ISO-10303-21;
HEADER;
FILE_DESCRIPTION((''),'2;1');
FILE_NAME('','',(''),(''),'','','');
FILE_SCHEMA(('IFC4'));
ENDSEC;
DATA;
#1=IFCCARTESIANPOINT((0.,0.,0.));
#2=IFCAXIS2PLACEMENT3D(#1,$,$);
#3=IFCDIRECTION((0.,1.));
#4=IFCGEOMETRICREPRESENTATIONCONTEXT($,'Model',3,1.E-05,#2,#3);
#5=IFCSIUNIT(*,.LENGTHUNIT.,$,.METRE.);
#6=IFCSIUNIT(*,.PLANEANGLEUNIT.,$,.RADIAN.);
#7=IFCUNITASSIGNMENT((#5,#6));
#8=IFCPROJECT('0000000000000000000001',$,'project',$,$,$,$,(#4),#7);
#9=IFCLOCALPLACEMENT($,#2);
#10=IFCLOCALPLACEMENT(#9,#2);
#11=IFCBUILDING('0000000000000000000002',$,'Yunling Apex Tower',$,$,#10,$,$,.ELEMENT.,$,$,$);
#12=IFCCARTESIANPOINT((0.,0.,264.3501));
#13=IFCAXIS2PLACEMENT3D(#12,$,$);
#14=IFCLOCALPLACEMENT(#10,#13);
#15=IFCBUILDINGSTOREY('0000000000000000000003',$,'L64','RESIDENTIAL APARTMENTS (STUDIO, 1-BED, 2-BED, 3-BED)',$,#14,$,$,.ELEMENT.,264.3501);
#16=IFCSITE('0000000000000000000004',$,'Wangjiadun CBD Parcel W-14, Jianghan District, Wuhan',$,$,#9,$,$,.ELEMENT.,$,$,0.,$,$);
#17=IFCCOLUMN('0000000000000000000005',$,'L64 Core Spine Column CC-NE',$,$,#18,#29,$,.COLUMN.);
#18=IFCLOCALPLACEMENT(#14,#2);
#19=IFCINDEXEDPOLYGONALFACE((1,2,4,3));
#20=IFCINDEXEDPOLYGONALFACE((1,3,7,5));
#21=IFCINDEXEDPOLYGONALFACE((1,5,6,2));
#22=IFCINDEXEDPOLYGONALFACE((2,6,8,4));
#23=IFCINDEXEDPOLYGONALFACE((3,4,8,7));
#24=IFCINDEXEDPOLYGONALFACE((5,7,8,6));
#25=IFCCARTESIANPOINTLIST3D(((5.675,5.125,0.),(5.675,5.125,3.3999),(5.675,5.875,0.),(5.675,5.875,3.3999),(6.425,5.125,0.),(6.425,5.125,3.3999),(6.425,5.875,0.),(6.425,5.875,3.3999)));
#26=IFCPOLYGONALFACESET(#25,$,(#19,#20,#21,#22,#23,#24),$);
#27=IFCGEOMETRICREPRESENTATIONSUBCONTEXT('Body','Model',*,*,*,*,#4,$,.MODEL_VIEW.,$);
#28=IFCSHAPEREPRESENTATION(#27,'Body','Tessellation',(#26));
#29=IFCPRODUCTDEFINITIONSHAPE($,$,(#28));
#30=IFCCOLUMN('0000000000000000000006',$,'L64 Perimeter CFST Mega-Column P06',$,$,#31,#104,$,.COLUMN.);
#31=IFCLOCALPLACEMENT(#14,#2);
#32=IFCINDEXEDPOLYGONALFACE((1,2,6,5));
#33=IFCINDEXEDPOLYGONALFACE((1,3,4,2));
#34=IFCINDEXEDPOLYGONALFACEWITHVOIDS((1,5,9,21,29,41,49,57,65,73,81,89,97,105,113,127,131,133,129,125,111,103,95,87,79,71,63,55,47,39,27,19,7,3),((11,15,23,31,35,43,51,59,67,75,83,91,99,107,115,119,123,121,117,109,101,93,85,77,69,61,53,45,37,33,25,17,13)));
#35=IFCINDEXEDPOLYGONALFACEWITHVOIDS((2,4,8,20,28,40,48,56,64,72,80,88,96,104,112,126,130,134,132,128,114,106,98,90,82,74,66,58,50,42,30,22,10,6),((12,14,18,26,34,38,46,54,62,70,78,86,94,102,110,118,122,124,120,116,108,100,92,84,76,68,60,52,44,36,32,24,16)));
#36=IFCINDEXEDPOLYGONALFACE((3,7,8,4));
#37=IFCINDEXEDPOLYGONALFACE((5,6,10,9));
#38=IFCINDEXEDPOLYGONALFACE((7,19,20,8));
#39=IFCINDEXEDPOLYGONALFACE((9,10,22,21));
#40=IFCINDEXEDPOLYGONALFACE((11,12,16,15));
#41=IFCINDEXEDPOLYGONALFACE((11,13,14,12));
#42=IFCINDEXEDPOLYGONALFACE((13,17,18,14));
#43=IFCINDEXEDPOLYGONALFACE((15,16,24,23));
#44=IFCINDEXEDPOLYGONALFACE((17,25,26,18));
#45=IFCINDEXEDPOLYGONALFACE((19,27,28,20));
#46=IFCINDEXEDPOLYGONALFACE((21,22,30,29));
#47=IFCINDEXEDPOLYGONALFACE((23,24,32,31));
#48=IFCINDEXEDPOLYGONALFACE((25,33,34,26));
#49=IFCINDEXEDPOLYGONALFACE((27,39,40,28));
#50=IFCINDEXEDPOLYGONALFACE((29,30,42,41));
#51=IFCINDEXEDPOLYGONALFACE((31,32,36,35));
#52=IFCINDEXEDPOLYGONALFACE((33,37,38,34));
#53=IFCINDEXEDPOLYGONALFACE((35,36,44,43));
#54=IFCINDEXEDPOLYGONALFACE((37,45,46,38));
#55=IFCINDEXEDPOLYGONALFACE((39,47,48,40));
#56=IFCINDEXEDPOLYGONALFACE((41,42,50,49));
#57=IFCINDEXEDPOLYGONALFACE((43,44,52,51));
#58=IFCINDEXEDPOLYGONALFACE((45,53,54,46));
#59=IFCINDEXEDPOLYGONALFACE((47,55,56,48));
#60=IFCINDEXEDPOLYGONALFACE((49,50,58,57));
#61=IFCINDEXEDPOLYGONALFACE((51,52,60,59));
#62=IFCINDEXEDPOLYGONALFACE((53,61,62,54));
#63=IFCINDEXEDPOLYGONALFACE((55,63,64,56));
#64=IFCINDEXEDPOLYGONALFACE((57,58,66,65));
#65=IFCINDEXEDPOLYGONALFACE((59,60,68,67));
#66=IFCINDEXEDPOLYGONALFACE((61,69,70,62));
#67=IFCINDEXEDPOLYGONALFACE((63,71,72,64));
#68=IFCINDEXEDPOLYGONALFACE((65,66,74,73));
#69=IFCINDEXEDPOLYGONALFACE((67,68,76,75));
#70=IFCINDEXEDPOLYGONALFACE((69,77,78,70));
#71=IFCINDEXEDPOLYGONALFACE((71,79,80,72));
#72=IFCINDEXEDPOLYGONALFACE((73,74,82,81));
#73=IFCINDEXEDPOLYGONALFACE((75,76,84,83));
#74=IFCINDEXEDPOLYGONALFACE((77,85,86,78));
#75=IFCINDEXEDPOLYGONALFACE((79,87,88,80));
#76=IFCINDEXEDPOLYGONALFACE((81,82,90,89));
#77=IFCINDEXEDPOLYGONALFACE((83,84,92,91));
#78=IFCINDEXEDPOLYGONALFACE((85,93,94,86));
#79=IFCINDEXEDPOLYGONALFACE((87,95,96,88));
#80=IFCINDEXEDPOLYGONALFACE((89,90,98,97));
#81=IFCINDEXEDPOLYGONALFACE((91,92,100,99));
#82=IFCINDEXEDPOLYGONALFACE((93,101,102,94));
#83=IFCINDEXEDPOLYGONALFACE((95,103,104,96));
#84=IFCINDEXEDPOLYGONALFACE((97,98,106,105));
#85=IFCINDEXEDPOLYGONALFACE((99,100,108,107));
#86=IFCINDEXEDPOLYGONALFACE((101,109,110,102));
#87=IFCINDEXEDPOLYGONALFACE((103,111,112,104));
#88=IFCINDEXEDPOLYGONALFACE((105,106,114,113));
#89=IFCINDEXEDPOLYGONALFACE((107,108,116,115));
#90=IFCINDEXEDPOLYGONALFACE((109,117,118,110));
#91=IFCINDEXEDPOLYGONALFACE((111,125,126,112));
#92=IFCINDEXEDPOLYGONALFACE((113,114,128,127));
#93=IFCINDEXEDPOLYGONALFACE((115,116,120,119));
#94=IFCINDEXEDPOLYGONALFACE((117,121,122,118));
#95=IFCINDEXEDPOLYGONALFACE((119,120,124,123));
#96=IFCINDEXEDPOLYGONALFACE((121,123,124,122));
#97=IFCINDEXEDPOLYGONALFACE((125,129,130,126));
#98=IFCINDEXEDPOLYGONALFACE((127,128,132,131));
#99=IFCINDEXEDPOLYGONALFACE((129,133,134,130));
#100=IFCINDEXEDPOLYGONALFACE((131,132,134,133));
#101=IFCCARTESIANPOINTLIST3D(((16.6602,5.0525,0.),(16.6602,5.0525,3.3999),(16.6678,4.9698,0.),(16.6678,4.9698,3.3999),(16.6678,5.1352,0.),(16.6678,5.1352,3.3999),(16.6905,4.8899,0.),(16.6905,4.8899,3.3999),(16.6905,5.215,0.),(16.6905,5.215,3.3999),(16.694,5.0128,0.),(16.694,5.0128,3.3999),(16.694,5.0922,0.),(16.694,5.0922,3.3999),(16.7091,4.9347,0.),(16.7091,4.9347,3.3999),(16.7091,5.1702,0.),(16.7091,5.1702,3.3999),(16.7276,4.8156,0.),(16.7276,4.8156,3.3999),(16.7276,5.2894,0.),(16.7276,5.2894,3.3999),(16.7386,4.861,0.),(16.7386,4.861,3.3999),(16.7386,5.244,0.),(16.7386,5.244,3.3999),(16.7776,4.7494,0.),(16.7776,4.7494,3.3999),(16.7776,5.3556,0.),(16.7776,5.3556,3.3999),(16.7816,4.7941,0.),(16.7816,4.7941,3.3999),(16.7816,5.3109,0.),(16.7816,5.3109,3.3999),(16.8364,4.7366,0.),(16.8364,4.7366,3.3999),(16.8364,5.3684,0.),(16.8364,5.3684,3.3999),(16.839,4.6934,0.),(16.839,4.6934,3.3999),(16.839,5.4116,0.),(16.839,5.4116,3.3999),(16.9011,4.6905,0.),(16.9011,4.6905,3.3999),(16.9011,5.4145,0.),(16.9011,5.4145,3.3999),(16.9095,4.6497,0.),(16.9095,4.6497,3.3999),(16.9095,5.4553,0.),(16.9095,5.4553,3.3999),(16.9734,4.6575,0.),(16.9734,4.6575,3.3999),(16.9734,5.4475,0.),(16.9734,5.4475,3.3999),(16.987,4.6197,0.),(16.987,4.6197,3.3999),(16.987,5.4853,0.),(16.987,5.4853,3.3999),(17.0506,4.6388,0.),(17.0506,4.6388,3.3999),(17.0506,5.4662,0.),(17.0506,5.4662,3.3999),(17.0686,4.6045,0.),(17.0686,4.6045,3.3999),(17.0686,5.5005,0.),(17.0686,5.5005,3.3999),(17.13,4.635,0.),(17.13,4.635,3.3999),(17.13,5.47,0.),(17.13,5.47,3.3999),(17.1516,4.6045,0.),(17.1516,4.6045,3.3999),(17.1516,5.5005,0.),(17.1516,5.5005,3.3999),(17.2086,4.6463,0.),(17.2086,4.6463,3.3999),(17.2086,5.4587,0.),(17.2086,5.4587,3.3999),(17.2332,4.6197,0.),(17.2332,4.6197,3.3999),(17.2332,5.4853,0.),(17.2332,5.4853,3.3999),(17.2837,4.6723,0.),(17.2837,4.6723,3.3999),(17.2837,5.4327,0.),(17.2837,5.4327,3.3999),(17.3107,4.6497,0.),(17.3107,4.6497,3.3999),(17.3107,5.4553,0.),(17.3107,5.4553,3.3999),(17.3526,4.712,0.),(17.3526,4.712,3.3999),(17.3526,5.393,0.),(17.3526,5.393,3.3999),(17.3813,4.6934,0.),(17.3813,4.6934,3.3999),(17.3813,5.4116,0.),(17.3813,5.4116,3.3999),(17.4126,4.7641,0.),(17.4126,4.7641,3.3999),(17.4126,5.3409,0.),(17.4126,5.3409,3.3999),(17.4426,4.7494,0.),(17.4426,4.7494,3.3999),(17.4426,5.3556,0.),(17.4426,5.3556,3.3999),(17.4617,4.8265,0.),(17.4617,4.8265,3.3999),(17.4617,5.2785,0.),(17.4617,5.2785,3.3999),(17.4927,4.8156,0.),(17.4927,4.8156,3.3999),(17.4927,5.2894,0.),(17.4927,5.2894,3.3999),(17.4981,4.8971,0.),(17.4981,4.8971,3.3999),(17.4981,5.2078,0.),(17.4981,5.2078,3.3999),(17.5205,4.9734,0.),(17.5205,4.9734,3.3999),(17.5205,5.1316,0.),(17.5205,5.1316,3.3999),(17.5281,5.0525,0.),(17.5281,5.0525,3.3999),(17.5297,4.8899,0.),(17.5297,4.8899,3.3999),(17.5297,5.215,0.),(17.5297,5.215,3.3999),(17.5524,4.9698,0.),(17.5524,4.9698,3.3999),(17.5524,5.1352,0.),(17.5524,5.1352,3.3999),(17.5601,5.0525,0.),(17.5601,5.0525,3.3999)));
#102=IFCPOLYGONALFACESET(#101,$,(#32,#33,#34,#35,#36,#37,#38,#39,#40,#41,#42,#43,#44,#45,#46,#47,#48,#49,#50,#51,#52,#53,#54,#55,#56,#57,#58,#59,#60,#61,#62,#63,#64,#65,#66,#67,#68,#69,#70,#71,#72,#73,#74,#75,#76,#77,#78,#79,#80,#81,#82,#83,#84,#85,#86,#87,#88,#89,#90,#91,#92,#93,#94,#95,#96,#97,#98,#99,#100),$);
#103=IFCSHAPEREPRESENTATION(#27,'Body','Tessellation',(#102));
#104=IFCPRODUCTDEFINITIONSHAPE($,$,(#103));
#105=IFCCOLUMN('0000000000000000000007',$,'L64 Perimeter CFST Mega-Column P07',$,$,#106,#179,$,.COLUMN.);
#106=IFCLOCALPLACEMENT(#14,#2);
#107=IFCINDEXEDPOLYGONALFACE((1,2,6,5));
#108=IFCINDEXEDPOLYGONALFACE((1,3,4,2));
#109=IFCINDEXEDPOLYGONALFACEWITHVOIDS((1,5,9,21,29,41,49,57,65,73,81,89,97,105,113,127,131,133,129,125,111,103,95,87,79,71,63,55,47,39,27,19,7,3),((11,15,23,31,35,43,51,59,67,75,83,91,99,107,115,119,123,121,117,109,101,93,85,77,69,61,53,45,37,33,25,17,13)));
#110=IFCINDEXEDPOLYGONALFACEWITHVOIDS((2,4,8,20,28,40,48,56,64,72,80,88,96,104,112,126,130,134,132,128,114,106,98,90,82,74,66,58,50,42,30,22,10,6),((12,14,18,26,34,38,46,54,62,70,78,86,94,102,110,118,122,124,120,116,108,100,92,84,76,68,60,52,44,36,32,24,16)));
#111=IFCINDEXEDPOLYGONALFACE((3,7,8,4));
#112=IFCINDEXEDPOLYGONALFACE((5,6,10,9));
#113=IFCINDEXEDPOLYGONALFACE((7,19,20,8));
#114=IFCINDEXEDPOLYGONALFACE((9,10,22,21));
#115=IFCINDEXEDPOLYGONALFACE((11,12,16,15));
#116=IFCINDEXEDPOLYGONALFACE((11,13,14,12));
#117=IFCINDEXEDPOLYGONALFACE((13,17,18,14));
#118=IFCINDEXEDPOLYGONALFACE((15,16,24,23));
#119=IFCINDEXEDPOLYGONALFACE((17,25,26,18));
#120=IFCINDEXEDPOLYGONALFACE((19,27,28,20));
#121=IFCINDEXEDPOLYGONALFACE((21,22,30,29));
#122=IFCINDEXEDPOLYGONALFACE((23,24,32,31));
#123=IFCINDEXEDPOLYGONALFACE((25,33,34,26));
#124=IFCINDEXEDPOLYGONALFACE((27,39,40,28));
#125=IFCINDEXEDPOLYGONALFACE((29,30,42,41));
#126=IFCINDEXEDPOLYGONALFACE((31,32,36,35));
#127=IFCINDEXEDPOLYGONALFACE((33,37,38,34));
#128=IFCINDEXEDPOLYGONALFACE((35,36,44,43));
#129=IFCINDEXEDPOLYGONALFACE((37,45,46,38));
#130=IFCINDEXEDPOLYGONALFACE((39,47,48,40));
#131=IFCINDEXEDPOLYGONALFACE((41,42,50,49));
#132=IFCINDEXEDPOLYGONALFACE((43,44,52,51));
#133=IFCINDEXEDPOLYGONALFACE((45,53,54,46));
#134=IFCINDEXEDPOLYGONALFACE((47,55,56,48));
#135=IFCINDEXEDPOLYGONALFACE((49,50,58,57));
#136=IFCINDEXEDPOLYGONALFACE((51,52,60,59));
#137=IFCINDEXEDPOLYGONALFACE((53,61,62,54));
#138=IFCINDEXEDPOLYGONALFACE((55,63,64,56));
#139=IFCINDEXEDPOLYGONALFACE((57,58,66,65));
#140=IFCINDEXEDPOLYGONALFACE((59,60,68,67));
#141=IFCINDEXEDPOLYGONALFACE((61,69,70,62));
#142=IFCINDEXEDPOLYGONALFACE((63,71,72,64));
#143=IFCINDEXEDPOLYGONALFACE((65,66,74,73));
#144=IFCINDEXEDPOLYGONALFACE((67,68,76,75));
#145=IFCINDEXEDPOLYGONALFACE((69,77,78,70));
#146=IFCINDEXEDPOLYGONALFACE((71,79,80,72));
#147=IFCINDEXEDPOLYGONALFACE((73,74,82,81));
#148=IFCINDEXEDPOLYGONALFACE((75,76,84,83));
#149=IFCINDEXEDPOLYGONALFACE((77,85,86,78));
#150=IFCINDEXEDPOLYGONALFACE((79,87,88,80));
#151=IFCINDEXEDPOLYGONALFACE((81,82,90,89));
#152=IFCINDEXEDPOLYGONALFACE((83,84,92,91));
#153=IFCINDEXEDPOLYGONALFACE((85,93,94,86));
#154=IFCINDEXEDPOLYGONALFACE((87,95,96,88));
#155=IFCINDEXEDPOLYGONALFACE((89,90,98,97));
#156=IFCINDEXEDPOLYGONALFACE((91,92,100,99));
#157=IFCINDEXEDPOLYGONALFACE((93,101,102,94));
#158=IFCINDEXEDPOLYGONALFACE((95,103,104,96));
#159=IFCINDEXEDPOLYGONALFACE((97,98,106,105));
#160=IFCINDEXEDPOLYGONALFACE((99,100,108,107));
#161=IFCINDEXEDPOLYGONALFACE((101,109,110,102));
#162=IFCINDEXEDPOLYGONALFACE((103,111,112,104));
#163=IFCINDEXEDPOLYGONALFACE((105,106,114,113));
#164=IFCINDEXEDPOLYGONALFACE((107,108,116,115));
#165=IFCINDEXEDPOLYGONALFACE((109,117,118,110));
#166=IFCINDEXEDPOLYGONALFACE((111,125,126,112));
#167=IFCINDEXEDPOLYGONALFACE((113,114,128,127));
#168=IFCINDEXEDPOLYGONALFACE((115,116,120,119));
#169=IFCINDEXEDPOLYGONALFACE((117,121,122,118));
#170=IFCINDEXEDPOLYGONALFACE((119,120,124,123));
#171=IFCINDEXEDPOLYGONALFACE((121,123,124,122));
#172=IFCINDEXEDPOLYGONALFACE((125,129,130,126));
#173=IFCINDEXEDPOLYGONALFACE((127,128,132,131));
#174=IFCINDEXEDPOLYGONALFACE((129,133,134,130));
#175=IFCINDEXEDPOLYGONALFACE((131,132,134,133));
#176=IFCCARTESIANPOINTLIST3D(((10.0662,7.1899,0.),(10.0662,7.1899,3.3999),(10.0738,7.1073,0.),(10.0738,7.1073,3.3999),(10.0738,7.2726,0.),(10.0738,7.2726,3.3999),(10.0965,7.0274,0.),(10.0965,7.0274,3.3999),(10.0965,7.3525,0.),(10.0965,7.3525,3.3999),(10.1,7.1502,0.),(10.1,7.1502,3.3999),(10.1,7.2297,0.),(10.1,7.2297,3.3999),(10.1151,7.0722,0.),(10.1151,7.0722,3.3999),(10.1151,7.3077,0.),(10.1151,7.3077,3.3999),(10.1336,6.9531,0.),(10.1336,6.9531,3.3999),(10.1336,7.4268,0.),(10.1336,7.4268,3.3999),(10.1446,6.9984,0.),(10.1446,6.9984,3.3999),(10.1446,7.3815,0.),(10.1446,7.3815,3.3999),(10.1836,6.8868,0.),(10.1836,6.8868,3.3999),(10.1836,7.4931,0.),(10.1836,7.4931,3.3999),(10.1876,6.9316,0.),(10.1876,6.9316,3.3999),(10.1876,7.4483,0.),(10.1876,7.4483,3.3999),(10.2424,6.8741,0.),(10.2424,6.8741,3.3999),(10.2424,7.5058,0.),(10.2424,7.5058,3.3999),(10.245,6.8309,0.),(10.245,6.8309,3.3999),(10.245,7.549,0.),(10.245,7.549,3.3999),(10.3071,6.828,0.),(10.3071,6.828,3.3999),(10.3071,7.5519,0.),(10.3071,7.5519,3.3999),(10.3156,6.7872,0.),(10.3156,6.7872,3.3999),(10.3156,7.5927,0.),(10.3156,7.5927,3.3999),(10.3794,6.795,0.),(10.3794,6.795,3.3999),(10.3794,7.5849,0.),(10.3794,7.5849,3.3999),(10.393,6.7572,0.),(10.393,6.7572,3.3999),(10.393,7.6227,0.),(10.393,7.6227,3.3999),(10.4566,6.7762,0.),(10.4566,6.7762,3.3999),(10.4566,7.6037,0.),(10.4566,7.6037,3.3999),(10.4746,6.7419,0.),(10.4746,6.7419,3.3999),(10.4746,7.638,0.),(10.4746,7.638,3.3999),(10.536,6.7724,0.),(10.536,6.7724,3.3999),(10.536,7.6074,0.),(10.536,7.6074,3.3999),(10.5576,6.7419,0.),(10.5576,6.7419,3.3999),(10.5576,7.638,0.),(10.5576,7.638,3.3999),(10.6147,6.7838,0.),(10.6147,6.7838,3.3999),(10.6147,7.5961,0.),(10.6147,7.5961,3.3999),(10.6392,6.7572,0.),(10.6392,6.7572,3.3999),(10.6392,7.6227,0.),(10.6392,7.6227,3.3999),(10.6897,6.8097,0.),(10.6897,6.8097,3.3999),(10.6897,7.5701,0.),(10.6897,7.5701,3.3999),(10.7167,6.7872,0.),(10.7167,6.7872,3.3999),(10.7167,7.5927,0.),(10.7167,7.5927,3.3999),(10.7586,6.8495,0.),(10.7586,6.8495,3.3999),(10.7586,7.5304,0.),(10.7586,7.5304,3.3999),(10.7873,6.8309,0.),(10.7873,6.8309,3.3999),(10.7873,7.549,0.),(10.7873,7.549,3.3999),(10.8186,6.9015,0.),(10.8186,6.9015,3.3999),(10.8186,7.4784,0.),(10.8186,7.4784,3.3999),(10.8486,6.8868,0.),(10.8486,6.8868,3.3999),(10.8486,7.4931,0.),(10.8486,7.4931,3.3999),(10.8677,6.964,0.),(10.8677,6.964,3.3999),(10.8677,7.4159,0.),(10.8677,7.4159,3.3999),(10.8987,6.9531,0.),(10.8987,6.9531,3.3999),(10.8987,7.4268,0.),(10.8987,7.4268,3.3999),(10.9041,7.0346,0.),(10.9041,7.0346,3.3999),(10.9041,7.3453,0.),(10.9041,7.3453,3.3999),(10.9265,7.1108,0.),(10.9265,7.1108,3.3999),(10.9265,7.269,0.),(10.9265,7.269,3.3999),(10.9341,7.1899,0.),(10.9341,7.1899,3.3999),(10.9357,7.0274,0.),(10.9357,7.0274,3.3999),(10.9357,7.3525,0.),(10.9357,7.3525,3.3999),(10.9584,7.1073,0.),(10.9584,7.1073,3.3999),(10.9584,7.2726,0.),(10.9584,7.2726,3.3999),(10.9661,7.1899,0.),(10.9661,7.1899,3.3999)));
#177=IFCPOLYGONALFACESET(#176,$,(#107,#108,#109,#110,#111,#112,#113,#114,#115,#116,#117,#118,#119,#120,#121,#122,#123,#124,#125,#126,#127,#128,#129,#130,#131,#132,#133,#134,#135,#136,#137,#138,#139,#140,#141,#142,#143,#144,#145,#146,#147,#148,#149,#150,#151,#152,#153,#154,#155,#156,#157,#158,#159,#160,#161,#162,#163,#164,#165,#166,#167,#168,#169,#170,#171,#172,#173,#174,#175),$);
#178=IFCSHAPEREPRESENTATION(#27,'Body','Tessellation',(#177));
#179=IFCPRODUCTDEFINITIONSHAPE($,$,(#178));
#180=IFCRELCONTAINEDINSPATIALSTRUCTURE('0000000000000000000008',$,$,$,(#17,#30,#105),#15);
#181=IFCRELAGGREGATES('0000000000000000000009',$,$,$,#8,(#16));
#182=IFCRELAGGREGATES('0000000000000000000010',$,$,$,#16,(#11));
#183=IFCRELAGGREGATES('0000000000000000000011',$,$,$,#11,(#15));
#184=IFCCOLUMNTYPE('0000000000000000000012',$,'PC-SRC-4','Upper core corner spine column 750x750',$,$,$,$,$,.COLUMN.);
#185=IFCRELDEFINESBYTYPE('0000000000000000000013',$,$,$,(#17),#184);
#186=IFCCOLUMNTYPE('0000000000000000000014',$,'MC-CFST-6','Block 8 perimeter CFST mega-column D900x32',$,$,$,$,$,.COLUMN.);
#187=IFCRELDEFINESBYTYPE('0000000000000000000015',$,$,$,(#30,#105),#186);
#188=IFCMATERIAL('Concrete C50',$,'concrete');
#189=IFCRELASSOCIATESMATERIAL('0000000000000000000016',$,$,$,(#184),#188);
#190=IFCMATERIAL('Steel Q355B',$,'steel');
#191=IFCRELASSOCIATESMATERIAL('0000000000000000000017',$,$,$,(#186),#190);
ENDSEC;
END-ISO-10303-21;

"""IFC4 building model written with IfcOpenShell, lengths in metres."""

from ifc_helpers import new_model, si_unit, direction, frame, origin, origin_2d, place, context, subcontext, project, spatial, rectangle, hollow_circle, extrude, source, transform, mapped, material, material_profile, profile_set, type_object, element, save


model = new_model("IFC4")

# Units and contexts
model_context = context("Model", 3, precision=1e-05, world=origin(), true_north=direction((0.0, 1.0)))
body_context = subcontext(model_context, "Body", "Model", "MODEL_VIEW")
ifc_project = project(units=[si_unit("LENGTHUNIT", "METRE"), si_unit("PLANEANGLEUNIT", "RADIAN")], contexts=[model_context])

# Site, building, storey
site_placement = place(None, origin())
site = spatial("IfcSite", under=ifc_project, at=site_placement, Name="Wangjiadun CBD Parcel W-14, Jianghan District, Wuhan", CompositionType="ELEMENT", RefElevation=0.0)
building_placement = place(site_placement, origin())
building = spatial("IfcBuilding", under=site, at=building_placement, Name="Yunling Apex Tower", CompositionType="ELEMENT")
storey_placement = place(building_placement, frame((0.0, 0.0, 264.3501)))
storey = spatial("IfcBuildingStorey", under=building, at=storey_placement, Name="L64", Description="RESIDENTIAL APARTMENTS (STUDIO, 1-BED, 2-BED, 3-BED)", CompositionType="ELEMENT", Elevation=264.3501)

# Columns
ifc_material_1 = material(Name="Concrete C50", Category="concrete")
ifc_material_profile_1 = material_profile(ifc_material_1, rectangle(XDim=0.75, YDim=0.75, at=origin_2d()))
ifc_profile_set_1 = profile_set([ifc_material_profile_1], Name="Concrete C50")
column_type_1 = type_object("IfcColumnType", Name="PC-SRC-4", Description="Upper core corner spine column 750x750", PredefinedType="COLUMN", material=ifc_profile_set_1)
shared_shape_1 = source(origin(), body_context, "Body", "SweptSolid", [
    extrude(rectangle(XDim=0.75, YDim=0.75, at=origin_2d()), origin(), (0.0, 0.0, 1.0), 3.3999),
])
column_placement = place(storey_placement, frame((6.05, 5.5, 0.0), z_axis=(0.0, 0.0, 1.0), x_axis=(1.0, 0.0, 0.0)))
element("IfcColumn", 1, at=column_placement, inside=storey, type_object=column_type_1, Name="L64 Core Spine Column CC-NE", PredefinedType="COLUMN", context=body_context, shape_type="MappedRepresentation", body=[
    mapped(shared_shape_1, transform((0.0, 0.0, 0.0), scale=1.0)),
])
ifc_material_2 = material(Name="Steel Q355B", Category="steel")
ifc_material_profile_2 = material_profile(ifc_material_2, hollow_circle(Radius=0.45, WallThickness=0.032, at=origin_2d()))
ifc_profile_set_2 = profile_set([ifc_material_profile_2], Name="Steel Q355B")
column_type_2 = type_object("IfcColumnType", Name="MC-CFST-6", Description="Block 8 perimeter CFST mega-column D900x32", PredefinedType="COLUMN", material=ifc_profile_set_2)
shared_shape_2 = source(origin(), body_context, "Body", "SweptSolid", [
    extrude(hollow_circle(Radius=0.45, WallThickness=0.032, at=origin_2d()), origin(), (0.0, 0.0, 1.0), 3.3999),
])
for number, where, z_axis, x_axis, name in (
    (2, (17.1101, 5.0525, 0.0), (0.0, 0.0, 1.0), (1.0, 0.0, 0.0), "L64 Perimeter CFST Mega-Column P06"),
    (3, (10.5161, 7.1899, 0.0), (0.0, 0.0, 1.0), (1.0, 0.0, 0.0), "L64 Perimeter CFST Mega-Column P07"),
):
    element("IfcColumn", number, at=place(storey_placement, frame(where, z_axis=z_axis, x_axis=x_axis)), inside=storey, type_object=column_type_2, Name=name, PredefinedType="COLUMN", context=body_context, shape_type="MappedRepresentation", body=[
        mapped(shared_shape_2, transform((0.0, 0.0, 0.0), scale=1.0)),
    ])

save(model, "model.ifc")
